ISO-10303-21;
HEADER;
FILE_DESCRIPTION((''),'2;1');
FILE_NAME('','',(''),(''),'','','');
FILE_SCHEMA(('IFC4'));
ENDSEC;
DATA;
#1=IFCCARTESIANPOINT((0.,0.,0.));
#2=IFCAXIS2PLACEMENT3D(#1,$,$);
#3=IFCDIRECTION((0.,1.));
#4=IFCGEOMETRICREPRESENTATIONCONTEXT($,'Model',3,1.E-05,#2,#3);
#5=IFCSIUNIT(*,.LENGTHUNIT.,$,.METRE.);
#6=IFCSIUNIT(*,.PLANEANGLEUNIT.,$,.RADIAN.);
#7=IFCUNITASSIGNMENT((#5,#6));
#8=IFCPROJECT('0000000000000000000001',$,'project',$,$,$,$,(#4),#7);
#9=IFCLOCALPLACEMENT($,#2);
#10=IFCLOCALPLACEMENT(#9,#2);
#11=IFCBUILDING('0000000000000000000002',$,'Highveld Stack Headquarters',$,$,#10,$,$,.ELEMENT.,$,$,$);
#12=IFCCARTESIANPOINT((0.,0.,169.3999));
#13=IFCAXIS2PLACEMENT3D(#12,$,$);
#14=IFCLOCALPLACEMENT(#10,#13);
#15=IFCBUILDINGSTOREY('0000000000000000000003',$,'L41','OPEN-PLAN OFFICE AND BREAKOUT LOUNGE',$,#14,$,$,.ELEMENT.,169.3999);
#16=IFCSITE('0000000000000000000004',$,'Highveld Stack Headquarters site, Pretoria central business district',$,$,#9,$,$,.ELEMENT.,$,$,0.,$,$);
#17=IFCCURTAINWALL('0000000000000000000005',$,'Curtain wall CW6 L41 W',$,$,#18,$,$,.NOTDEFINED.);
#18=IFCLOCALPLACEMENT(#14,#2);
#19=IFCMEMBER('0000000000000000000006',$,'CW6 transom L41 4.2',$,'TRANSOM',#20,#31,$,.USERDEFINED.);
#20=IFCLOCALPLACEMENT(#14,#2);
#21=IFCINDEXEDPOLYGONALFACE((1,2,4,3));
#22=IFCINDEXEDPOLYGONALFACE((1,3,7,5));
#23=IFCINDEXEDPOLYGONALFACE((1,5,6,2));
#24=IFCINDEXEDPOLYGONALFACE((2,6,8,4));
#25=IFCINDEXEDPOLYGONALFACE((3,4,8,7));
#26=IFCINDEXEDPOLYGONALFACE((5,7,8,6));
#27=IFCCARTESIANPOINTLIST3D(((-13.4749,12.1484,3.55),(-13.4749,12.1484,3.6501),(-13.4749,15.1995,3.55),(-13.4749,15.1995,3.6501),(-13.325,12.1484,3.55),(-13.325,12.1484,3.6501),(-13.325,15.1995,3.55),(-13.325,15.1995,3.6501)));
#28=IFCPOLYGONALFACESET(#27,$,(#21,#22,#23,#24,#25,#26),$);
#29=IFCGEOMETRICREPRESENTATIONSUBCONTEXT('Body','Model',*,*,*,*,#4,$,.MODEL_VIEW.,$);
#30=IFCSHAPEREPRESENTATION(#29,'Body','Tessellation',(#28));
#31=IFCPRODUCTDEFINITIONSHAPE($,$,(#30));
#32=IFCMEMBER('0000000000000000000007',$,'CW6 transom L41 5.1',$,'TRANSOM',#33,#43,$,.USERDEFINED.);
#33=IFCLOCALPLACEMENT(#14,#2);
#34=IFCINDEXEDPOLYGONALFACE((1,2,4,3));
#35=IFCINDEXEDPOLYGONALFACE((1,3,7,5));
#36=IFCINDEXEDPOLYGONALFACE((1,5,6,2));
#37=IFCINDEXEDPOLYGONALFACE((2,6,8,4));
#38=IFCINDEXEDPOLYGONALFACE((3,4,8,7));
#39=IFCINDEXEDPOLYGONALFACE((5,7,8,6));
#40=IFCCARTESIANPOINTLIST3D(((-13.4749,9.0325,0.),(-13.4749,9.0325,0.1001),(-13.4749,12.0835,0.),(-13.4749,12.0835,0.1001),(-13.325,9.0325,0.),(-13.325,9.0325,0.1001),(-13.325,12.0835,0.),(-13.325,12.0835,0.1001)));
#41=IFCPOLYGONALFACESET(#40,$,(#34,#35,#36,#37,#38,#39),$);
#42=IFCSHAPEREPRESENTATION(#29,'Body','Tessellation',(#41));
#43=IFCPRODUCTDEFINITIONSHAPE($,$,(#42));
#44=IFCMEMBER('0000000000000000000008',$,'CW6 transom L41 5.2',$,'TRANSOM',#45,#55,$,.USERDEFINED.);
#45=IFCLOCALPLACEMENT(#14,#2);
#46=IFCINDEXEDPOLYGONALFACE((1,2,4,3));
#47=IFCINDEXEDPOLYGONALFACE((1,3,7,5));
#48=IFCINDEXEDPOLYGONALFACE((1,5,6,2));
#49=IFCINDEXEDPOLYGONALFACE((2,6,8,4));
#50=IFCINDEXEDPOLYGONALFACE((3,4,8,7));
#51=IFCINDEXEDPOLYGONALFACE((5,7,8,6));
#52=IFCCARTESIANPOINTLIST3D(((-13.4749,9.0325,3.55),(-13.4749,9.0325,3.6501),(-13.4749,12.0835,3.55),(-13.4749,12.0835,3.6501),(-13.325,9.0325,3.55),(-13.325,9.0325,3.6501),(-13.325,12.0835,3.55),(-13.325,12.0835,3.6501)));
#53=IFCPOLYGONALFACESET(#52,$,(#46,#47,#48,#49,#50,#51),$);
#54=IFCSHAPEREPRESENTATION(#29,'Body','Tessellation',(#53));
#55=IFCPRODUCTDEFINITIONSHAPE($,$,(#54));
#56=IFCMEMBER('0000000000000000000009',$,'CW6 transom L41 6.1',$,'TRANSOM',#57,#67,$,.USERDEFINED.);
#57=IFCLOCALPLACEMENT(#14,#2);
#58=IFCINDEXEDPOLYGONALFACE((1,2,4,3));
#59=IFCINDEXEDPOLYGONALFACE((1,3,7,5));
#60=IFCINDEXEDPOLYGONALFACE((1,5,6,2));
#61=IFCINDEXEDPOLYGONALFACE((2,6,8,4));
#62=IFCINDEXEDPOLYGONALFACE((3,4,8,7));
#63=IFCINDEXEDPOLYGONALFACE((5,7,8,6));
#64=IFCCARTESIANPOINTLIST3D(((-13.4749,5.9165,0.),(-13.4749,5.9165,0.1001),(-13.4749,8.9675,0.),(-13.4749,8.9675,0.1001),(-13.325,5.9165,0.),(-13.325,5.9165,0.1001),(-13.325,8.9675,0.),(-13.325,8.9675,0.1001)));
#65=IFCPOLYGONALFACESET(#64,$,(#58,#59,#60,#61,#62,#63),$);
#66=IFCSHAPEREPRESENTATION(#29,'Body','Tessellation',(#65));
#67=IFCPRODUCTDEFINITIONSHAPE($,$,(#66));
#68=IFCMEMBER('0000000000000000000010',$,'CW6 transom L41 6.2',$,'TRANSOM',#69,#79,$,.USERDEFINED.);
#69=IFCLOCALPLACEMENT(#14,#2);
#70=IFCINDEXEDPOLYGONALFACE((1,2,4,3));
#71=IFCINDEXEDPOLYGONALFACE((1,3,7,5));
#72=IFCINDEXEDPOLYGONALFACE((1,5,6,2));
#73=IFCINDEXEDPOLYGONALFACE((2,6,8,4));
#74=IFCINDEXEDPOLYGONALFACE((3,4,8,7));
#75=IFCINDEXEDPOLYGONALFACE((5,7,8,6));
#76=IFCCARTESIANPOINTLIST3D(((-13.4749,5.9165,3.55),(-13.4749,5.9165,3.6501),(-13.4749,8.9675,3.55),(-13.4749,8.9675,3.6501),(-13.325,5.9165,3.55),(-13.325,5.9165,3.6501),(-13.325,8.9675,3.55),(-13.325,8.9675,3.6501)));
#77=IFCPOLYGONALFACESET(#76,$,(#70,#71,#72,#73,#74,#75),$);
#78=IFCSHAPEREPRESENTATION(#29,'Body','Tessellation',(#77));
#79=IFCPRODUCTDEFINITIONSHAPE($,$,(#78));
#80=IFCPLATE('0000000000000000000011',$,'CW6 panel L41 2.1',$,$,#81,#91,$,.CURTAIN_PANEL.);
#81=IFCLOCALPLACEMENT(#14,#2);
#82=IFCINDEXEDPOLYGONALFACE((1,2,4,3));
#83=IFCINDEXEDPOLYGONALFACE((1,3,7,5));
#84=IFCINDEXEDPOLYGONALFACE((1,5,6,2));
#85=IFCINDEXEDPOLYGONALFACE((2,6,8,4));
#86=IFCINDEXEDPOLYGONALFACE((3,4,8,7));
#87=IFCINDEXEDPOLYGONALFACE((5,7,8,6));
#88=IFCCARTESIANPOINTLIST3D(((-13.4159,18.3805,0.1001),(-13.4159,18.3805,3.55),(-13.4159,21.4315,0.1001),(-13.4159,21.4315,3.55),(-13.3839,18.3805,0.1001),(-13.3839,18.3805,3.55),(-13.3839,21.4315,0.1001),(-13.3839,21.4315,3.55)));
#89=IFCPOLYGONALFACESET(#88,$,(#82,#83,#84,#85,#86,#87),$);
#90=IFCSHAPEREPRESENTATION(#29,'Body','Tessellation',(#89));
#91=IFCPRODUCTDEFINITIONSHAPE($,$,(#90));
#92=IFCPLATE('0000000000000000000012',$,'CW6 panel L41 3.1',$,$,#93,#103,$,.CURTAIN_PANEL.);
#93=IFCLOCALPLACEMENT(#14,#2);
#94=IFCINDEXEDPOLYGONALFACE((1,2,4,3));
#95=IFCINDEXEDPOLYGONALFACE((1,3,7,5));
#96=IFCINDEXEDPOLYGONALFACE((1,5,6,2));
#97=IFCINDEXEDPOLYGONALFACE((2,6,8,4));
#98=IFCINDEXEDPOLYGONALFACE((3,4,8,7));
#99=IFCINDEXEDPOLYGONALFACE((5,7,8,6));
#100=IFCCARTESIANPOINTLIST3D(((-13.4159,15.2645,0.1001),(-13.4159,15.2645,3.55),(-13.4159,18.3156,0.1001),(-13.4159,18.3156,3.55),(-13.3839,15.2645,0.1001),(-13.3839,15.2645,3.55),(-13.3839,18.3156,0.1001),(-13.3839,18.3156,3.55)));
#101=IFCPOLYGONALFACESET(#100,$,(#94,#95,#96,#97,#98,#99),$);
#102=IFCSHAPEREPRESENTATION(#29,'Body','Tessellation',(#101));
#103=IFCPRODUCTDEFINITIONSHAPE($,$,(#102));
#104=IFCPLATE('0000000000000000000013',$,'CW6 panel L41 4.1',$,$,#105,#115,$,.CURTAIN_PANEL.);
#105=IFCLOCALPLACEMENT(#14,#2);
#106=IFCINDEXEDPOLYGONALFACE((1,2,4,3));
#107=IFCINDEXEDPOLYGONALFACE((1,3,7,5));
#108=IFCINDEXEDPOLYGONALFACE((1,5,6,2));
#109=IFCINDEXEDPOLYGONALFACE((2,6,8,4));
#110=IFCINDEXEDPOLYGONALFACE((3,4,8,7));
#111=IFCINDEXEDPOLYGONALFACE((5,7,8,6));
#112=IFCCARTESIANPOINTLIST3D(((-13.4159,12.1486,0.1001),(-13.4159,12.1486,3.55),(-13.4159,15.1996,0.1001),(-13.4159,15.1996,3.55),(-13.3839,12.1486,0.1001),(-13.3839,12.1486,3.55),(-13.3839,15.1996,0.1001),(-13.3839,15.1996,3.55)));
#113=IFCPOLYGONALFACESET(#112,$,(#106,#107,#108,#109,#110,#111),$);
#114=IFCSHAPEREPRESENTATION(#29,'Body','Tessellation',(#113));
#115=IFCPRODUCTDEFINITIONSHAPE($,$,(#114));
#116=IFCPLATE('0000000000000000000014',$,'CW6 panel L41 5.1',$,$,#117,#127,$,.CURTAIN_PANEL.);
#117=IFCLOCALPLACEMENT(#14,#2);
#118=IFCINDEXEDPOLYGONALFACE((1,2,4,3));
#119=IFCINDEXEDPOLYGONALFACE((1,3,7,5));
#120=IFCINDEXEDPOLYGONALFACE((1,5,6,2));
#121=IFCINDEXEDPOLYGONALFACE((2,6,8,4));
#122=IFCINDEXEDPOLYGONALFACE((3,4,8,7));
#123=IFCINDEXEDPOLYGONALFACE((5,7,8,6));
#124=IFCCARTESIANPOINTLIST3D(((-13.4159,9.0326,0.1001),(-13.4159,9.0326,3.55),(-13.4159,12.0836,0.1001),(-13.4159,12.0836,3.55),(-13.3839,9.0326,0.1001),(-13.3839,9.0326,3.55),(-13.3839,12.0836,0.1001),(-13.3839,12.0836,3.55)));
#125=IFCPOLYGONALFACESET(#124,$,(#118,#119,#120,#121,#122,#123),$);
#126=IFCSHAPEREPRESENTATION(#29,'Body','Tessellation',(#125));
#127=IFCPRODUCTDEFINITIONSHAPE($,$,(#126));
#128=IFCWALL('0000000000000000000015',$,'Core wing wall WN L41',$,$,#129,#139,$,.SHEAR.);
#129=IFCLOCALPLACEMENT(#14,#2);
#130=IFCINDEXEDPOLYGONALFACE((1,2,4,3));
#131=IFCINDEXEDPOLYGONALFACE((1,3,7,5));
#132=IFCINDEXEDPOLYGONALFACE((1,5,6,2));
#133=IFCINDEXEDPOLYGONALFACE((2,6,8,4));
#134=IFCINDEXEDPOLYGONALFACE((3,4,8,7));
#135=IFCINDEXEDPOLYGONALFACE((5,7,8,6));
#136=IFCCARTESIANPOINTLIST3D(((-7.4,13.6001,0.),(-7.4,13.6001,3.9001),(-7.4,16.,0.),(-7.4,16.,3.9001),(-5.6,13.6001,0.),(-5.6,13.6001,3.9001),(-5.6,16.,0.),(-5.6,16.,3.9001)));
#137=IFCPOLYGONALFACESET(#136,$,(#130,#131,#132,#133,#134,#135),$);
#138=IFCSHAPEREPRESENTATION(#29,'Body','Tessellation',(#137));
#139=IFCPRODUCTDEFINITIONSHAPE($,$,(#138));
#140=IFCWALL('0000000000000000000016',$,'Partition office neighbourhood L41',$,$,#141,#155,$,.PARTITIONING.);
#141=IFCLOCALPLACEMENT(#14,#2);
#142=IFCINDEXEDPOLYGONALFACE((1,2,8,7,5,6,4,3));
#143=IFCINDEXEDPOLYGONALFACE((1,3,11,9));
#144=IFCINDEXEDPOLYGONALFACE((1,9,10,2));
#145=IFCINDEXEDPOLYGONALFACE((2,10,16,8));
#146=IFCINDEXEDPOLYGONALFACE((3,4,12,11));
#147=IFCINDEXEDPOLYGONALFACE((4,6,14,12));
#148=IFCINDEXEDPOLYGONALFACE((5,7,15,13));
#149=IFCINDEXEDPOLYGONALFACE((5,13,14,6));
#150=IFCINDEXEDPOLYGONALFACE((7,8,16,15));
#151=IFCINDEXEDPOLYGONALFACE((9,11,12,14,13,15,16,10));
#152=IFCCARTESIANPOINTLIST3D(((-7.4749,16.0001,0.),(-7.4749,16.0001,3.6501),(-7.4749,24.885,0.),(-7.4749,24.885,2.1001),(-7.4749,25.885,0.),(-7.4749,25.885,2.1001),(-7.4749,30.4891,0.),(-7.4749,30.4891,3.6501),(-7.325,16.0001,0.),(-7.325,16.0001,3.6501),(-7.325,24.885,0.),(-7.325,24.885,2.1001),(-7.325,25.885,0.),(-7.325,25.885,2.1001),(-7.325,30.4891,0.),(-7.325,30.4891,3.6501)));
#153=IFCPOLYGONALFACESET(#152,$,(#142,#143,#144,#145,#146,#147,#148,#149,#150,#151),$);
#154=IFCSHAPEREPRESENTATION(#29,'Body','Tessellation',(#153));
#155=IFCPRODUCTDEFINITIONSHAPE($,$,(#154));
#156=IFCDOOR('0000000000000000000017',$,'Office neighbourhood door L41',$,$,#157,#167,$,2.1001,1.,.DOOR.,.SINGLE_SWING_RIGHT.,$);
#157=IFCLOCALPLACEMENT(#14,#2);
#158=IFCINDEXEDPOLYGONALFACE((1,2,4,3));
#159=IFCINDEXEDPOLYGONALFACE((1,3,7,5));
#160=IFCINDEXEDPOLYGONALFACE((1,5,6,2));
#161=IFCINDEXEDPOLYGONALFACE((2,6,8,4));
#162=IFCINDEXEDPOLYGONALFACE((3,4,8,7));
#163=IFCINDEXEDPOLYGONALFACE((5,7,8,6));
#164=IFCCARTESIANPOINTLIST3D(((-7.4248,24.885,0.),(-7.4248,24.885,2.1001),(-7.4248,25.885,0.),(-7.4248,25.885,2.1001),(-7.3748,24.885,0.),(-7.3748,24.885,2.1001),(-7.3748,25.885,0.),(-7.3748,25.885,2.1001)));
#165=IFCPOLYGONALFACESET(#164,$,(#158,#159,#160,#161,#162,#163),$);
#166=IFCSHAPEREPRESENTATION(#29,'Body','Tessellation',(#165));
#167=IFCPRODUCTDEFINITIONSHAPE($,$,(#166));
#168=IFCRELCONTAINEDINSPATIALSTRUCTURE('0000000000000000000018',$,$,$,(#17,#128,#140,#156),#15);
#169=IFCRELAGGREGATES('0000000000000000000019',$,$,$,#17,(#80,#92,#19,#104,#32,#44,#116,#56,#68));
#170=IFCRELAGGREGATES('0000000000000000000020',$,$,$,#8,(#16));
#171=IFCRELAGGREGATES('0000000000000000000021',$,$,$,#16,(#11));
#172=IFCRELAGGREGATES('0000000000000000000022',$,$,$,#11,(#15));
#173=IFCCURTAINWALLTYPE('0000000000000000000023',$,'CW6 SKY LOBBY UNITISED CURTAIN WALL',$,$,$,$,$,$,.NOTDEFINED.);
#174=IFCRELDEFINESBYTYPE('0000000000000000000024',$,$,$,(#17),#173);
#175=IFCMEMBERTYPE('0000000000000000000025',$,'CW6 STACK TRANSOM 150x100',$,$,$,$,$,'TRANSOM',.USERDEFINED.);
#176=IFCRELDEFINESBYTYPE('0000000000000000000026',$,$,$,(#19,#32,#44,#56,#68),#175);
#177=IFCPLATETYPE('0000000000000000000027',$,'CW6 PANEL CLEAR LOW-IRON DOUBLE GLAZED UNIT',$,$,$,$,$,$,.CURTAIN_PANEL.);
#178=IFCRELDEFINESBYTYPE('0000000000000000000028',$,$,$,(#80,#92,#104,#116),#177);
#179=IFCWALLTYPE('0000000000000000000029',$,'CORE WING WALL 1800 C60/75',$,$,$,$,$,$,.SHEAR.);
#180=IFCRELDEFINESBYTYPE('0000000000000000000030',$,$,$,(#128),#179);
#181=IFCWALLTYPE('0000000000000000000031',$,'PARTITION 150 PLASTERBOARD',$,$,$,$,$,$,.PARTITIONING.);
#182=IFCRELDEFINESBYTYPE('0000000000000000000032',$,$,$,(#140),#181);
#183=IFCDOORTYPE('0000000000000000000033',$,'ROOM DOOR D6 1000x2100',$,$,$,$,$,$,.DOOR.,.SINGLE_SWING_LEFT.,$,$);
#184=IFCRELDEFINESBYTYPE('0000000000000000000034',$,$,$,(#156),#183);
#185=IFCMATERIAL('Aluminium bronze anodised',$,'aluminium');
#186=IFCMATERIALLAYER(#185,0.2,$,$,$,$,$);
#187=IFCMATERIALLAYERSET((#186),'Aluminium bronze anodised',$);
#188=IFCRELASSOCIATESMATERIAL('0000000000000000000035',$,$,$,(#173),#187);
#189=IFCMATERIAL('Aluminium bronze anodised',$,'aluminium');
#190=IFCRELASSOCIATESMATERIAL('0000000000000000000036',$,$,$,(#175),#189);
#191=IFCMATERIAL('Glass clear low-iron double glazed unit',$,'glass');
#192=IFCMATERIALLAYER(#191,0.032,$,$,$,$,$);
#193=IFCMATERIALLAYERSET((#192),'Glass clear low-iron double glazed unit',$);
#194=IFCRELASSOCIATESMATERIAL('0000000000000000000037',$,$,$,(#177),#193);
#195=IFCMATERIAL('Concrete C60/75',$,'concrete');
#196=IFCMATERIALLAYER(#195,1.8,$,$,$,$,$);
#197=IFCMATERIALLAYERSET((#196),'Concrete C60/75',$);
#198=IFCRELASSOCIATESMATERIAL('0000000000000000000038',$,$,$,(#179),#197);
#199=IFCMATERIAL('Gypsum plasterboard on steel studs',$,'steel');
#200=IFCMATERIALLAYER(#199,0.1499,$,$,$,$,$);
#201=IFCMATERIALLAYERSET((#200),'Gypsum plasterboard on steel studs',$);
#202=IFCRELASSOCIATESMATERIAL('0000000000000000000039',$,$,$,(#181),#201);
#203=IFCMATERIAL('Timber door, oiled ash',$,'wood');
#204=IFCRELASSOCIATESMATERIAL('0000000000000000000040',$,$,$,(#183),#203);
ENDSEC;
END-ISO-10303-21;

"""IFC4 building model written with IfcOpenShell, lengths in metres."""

from ifc_helpers import new_model, si_unit, direction, frame, frame_2d, origin, origin_2d, place, context, subcontext, project, spatial, rectangle, extrude, material, layer, layer_set, material_profile, profile_set, type_object, element, fill, aggregate, save


model = new_model("IFC4")

# Units and contexts
model_context = context("Model", 3, precision=1e-05, world=origin(), true_north=direction((0.0, 1.0)))
body_context = subcontext(model_context, "Body", "Model", "MODEL_VIEW")
ifc_project = project(units=[si_unit("LENGTHUNIT", "METRE"), si_unit("PLANEANGLEUNIT", "RADIAN")], contexts=[model_context])

# Site, building, storey
site_placement = place(None, origin())
site = spatial("IfcSite", under=ifc_project, at=site_placement, Name="Highveld Stack Headquarters site, Pretoria central business district", CompositionType="ELEMENT", RefElevation=0.0)
building_placement = place(site_placement, origin())
building = spatial("IfcBuilding", under=site, at=building_placement, Name="Highveld Stack Headquarters", CompositionType="ELEMENT")
storey_placement = place(building_placement, frame((0.0, 0.0, 169.3999)))
storey = spatial("IfcBuildingStorey", under=building, at=storey_placement, Name="L41", Description="OPEN-PLAN OFFICE AND BREAKOUT LOUNGE", CompositionType="ELEMENT", Elevation=169.3999)

# Curtain wall, members, plates
ifc_material_1 = material(Name="Aluminium bronze anodised", Category="aluminium")
ifc_layer_1 = layer(ifc_material_1, 0.2)
ifc_layer_set_1 = layer_set([ifc_layer_1], Name="Aluminium bronze anodised")
curtain_wall_type = type_object("IfcCurtainWallType", Name="CW6 SKY LOBBY UNITISED CURTAIN WALL", PredefinedType="NOTDEFINED", material=ifc_layer_set_1)
curtain_wall_placement = place(storey_placement, origin())
curtain_wall = element("IfcCurtainWall", 1, at=curtain_wall_placement, inside=storey, type_object=curtain_wall_type, Name="Curtain wall CW6 L41 W", PredefinedType="NOTDEFINED")
ifc_material_2 = material(Name="Aluminium bronze anodised", Category="aluminium")
ifc_material_profile_1 = material_profile(ifc_material_2, rectangle(XDim=0.1499, YDim=0.1001, at=origin_2d()), Name="CW6 TRANSOM 150x100")
ifc_profile_set_1 = profile_set([ifc_material_profile_1], Name="Aluminium bronze anodised")
member_type_1 = type_object("IfcMemberType", Name="CW6 STACK TRANSOM 150x100", ElementType="TRANSOM", PredefinedType="USERDEFINED", material=ifc_profile_set_1)
member_1_placement = place(storey_placement, frame((-13.3999, 15.1995, 3.6001), z_axis=(0.0, -1.0, 0.0), x_axis=(1.0, 0.0, 0.0)))
member_1 = element("IfcMember", 2, at=member_1_placement, type_object=member_type_1, Name="CW6 transom L41 4.2", ObjectType="TRANSOM", PredefinedType="USERDEFINED", context=body_context, shape_type="SweptSolid", body=[
    extrude(rectangle(XDim=0.1499, YDim=0.1001, at=origin_2d()), origin(), (0.0, 0.0, 1.0), 3.051),
])
member_2_placement = place(storey_placement, frame((-13.3999, 12.0835, 0.05), z_axis=(0.0, -1.0, 0.0), x_axis=(1.0, 0.0, 0.0)))
member_2 = element("IfcMember", 3, at=member_2_placement, type_object=member_type_1, Name="CW6 transom L41 5.1", ObjectType="TRANSOM", PredefinedType="USERDEFINED", context=body_context, shape_type="SweptSolid", body=[
    extrude(rectangle(XDim=0.1499, YDim=0.1001, at=origin_2d()), origin(), (0.0, 0.0, 1.0), 3.051),
])
member_3_placement = place(storey_placement, frame((-13.3999, 12.0835, 3.6001), z_axis=(0.0, -1.0, 0.0), x_axis=(1.0, 0.0, 0.0)))
member_3 = element("IfcMember", 4, at=member_3_placement, type_object=member_type_1, Name="CW6 transom L41 5.2", ObjectType="TRANSOM", PredefinedType="USERDEFINED", context=body_context, shape_type="SweptSolid", body=[
    extrude(rectangle(XDim=0.1499, YDim=0.1001, at=origin_2d()), origin(), (0.0, 0.0, 1.0), 3.051),
])
member_4_placement = place(storey_placement, frame((-13.3999, 8.9675, 0.05), z_axis=(0.0, -1.0, 0.0), x_axis=(1.0, 0.0, 0.0)))
member_4 = element("IfcMember", 5, at=member_4_placement, type_object=member_type_1, Name="CW6 transom L41 6.1", ObjectType="TRANSOM", PredefinedType="USERDEFINED", context=body_context, shape_type="SweptSolid", body=[
    extrude(rectangle(XDim=0.1499, YDim=0.1001, at=origin_2d()), origin(), (0.0, 0.0, 1.0), 3.051),
])
member_5_placement = place(storey_placement, frame((-13.3999, 8.9675, 3.6001), z_axis=(0.0, -1.0, 0.0), x_axis=(1.0, 0.0, 0.0)))
member_5 = element("IfcMember", 6, at=member_5_placement, type_object=member_type_1, Name="CW6 transom L41 6.2", ObjectType="TRANSOM", PredefinedType="USERDEFINED", context=body_context, shape_type="SweptSolid", body=[
    extrude(rectangle(XDim=0.1499, YDim=0.1001, at=origin_2d()), origin(), (0.0, 0.0, 1.0), 3.051),
])
ifc_material_3 = material(Name="Glass clear low-iron double glazed unit", Category="glass")
ifc_layer_2 = layer(ifc_material_3, 0.032)
ifc_layer_set_2 = layer_set([ifc_layer_2], Name="Glass clear low-iron double glazed unit")
plate_type = type_object("IfcPlateType", Name="CW6 PANEL CLEAR LOW-IRON DOUBLE GLAZED UNIT", PredefinedType="CURTAIN_PANEL", material=ifc_layer_set_2)
plate_1_placement = place(storey_placement, frame((-13.3999, 19.906, 0.1001), z_axis=(0.0, 0.0, 1.0), x_axis=(0.0, -1.0, 0.0)))
plate_1 = element("IfcPlate", 7, at=plate_1_placement, type_object=plate_type, Name="CW6 panel L41 2.1", PredefinedType="CURTAIN_PANEL", context=body_context, shape_type="SweptSolid", body=[
    extrude(rectangle(XDim=3.051, YDim=0.032, at=origin_2d()), origin(), (0.0, 0.0, 1.0), 3.45),
])
plate_2_placement = place(storey_placement, frame((-13.3999, 16.79, 0.1001), z_axis=(0.0, 0.0, 1.0), x_axis=(0.0, -1.0, 0.0)))
plate_2 = element("IfcPlate", 8, at=plate_2_placement, type_object=plate_type, Name="CW6 panel L41 3.1", PredefinedType="CURTAIN_PANEL", context=body_context, shape_type="SweptSolid", body=[
    extrude(rectangle(XDim=3.051, YDim=0.032, at=origin_2d()), origin(), (0.0, 0.0, 1.0), 3.45),
])
plate_3_placement = place(storey_placement, frame((-13.3999, 13.6741, 0.1001), z_axis=(0.0, 0.0, 1.0), x_axis=(0.0, -1.0, 0.0)))
plate_3 = element("IfcPlate", 9, at=plate_3_placement, type_object=plate_type, Name="CW6 panel L41 4.1", PredefinedType="CURTAIN_PANEL", context=body_context, shape_type="SweptSolid", body=[
    extrude(rectangle(XDim=3.051, YDim=0.032, at=origin_2d()), origin(), (0.0, 0.0, 1.0), 3.45),
])
plate_4_placement = place(storey_placement, frame((-13.3999, 10.5581, 0.1001), z_axis=(0.0, 0.0, 1.0), x_axis=(0.0, -1.0, 0.0)))
plate_4 = element("IfcPlate", 10, at=plate_4_placement, type_object=plate_type, Name="CW6 panel L41 5.1", PredefinedType="CURTAIN_PANEL", context=body_context, shape_type="SweptSolid", body=[
    extrude(rectangle(XDim=3.051, YDim=0.032, at=origin_2d()), origin(), (0.0, 0.0, 1.0), 3.45),
])
aggregate(curtain_wall, [plate_1, plate_2, member_1, plate_3, member_2, member_3, plate_4, member_4, member_5])

# Wall
ifc_material_4 = material(Name="Concrete C60/75", Category="concrete")
ifc_layer_3 = layer(ifc_material_4, 1.8)
ifc_layer_set_3 = layer_set([ifc_layer_3], Name="Concrete C60/75")
wall_type_1 = type_object("IfcWallType", Name="CORE WING WALL 1800 C60/75", PredefinedType="SHEAR", material=ifc_layer_set_3)
wall_1_placement = place(storey_placement, frame((-6.5, 13.6001, 0.0), z_axis=(0.0, 0.0, 1.0), x_axis=(0.0, 1.0, 0.0)))
element("IfcWall", 11, at=wall_1_placement, inside=storey, type_object=wall_type_1, Name="Core wing wall WN L41", PredefinedType="SHEAR", context=body_context, shape_type="SweptSolid", body=[
    extrude(rectangle(XDim=2.3999, YDim=1.8, at=frame_2d((1.2, 0.0))), origin(), (0.0, 0.0, 1.0), 3.9001),
])

# Wall, opening, door
ifc_material_5 = material(Name="Gypsum plasterboard on steel studs", Category="steel")
ifc_layer_4 = layer(ifc_material_5, 0.1499)
ifc_layer_set_4 = layer_set([ifc_layer_4], Name="Gypsum plasterboard on steel studs")
wall_type_2 = type_object("IfcWallType", Name="PARTITION 150 PLASTERBOARD", PredefinedType="PARTITIONING", material=ifc_layer_set_4)
wall_2_placement = place(storey_placement, frame((-7.3999, 16.0, 0.0), z_axis=(0.0, 0.0, 1.0), x_axis=(0.0, 1.0, 0.0)))
wall_2 = element("IfcWall", 12, at=wall_2_placement, inside=storey, type_object=wall_type_2, Name="Partition office neighbourhood L41", PredefinedType="PARTITIONING", context=body_context, shape_type="SweptSolid", body=[
    extrude(rectangle(XDim=14.489, YDim=0.1499, at=frame_2d((7.2446, 0.0))), origin(), (0.0, 0.0, 1.0), 3.6501),
])
opening_placement = place(wall_2_placement, frame((8.885, 0.0, 0.0)))
opening = element("IfcOpeningElement", 13, at=opening_placement, cuts=wall_2, PredefinedType="OPENING", context=body_context, shape_type="SweptSolid", body=[
    extrude(rectangle(XDim=1.0, YDim=2.1001, at=frame_2d((0.5, 1.05))), frame((0.0, 0.085, 0.0), z_axis=(0.0, -1.0, 0.0), x_axis=(1.0, 0.0, 0.0)), (0.0, 0.0, 1.0), 0.1699),
])
ifc_material_6 = material(Name="Timber door, oiled ash", Category="wood")
door_type = type_object("IfcDoorType", Name="ROOM DOOR D6 1000x2100", OperationType="SINGLE_SWING_LEFT", PredefinedType="DOOR", material=ifc_material_6)
door_placement = place(opening_placement, origin())
door = element("IfcDoor", 14, at=door_placement, inside=storey, type_object=door_type, Name="Office neighbourhood door L41", OperationType="SINGLE_SWING_RIGHT", OverallHeight=2.1001, OverallWidth=1.0, PredefinedType="DOOR", context=body_context, shape_type="SweptSolid", body=[
    extrude(rectangle(XDim=1.0, YDim=2.1001, at=frame_2d((0.5, 1.05))), frame((0.0, 0.0249, 0.0), z_axis=(0.0, -1.0, 0.0), x_axis=(1.0, 0.0, 0.0)), (0.0, 0.0, 1.0), 0.05),
])
fill(opening, door)

save(model, "model.ifc")
